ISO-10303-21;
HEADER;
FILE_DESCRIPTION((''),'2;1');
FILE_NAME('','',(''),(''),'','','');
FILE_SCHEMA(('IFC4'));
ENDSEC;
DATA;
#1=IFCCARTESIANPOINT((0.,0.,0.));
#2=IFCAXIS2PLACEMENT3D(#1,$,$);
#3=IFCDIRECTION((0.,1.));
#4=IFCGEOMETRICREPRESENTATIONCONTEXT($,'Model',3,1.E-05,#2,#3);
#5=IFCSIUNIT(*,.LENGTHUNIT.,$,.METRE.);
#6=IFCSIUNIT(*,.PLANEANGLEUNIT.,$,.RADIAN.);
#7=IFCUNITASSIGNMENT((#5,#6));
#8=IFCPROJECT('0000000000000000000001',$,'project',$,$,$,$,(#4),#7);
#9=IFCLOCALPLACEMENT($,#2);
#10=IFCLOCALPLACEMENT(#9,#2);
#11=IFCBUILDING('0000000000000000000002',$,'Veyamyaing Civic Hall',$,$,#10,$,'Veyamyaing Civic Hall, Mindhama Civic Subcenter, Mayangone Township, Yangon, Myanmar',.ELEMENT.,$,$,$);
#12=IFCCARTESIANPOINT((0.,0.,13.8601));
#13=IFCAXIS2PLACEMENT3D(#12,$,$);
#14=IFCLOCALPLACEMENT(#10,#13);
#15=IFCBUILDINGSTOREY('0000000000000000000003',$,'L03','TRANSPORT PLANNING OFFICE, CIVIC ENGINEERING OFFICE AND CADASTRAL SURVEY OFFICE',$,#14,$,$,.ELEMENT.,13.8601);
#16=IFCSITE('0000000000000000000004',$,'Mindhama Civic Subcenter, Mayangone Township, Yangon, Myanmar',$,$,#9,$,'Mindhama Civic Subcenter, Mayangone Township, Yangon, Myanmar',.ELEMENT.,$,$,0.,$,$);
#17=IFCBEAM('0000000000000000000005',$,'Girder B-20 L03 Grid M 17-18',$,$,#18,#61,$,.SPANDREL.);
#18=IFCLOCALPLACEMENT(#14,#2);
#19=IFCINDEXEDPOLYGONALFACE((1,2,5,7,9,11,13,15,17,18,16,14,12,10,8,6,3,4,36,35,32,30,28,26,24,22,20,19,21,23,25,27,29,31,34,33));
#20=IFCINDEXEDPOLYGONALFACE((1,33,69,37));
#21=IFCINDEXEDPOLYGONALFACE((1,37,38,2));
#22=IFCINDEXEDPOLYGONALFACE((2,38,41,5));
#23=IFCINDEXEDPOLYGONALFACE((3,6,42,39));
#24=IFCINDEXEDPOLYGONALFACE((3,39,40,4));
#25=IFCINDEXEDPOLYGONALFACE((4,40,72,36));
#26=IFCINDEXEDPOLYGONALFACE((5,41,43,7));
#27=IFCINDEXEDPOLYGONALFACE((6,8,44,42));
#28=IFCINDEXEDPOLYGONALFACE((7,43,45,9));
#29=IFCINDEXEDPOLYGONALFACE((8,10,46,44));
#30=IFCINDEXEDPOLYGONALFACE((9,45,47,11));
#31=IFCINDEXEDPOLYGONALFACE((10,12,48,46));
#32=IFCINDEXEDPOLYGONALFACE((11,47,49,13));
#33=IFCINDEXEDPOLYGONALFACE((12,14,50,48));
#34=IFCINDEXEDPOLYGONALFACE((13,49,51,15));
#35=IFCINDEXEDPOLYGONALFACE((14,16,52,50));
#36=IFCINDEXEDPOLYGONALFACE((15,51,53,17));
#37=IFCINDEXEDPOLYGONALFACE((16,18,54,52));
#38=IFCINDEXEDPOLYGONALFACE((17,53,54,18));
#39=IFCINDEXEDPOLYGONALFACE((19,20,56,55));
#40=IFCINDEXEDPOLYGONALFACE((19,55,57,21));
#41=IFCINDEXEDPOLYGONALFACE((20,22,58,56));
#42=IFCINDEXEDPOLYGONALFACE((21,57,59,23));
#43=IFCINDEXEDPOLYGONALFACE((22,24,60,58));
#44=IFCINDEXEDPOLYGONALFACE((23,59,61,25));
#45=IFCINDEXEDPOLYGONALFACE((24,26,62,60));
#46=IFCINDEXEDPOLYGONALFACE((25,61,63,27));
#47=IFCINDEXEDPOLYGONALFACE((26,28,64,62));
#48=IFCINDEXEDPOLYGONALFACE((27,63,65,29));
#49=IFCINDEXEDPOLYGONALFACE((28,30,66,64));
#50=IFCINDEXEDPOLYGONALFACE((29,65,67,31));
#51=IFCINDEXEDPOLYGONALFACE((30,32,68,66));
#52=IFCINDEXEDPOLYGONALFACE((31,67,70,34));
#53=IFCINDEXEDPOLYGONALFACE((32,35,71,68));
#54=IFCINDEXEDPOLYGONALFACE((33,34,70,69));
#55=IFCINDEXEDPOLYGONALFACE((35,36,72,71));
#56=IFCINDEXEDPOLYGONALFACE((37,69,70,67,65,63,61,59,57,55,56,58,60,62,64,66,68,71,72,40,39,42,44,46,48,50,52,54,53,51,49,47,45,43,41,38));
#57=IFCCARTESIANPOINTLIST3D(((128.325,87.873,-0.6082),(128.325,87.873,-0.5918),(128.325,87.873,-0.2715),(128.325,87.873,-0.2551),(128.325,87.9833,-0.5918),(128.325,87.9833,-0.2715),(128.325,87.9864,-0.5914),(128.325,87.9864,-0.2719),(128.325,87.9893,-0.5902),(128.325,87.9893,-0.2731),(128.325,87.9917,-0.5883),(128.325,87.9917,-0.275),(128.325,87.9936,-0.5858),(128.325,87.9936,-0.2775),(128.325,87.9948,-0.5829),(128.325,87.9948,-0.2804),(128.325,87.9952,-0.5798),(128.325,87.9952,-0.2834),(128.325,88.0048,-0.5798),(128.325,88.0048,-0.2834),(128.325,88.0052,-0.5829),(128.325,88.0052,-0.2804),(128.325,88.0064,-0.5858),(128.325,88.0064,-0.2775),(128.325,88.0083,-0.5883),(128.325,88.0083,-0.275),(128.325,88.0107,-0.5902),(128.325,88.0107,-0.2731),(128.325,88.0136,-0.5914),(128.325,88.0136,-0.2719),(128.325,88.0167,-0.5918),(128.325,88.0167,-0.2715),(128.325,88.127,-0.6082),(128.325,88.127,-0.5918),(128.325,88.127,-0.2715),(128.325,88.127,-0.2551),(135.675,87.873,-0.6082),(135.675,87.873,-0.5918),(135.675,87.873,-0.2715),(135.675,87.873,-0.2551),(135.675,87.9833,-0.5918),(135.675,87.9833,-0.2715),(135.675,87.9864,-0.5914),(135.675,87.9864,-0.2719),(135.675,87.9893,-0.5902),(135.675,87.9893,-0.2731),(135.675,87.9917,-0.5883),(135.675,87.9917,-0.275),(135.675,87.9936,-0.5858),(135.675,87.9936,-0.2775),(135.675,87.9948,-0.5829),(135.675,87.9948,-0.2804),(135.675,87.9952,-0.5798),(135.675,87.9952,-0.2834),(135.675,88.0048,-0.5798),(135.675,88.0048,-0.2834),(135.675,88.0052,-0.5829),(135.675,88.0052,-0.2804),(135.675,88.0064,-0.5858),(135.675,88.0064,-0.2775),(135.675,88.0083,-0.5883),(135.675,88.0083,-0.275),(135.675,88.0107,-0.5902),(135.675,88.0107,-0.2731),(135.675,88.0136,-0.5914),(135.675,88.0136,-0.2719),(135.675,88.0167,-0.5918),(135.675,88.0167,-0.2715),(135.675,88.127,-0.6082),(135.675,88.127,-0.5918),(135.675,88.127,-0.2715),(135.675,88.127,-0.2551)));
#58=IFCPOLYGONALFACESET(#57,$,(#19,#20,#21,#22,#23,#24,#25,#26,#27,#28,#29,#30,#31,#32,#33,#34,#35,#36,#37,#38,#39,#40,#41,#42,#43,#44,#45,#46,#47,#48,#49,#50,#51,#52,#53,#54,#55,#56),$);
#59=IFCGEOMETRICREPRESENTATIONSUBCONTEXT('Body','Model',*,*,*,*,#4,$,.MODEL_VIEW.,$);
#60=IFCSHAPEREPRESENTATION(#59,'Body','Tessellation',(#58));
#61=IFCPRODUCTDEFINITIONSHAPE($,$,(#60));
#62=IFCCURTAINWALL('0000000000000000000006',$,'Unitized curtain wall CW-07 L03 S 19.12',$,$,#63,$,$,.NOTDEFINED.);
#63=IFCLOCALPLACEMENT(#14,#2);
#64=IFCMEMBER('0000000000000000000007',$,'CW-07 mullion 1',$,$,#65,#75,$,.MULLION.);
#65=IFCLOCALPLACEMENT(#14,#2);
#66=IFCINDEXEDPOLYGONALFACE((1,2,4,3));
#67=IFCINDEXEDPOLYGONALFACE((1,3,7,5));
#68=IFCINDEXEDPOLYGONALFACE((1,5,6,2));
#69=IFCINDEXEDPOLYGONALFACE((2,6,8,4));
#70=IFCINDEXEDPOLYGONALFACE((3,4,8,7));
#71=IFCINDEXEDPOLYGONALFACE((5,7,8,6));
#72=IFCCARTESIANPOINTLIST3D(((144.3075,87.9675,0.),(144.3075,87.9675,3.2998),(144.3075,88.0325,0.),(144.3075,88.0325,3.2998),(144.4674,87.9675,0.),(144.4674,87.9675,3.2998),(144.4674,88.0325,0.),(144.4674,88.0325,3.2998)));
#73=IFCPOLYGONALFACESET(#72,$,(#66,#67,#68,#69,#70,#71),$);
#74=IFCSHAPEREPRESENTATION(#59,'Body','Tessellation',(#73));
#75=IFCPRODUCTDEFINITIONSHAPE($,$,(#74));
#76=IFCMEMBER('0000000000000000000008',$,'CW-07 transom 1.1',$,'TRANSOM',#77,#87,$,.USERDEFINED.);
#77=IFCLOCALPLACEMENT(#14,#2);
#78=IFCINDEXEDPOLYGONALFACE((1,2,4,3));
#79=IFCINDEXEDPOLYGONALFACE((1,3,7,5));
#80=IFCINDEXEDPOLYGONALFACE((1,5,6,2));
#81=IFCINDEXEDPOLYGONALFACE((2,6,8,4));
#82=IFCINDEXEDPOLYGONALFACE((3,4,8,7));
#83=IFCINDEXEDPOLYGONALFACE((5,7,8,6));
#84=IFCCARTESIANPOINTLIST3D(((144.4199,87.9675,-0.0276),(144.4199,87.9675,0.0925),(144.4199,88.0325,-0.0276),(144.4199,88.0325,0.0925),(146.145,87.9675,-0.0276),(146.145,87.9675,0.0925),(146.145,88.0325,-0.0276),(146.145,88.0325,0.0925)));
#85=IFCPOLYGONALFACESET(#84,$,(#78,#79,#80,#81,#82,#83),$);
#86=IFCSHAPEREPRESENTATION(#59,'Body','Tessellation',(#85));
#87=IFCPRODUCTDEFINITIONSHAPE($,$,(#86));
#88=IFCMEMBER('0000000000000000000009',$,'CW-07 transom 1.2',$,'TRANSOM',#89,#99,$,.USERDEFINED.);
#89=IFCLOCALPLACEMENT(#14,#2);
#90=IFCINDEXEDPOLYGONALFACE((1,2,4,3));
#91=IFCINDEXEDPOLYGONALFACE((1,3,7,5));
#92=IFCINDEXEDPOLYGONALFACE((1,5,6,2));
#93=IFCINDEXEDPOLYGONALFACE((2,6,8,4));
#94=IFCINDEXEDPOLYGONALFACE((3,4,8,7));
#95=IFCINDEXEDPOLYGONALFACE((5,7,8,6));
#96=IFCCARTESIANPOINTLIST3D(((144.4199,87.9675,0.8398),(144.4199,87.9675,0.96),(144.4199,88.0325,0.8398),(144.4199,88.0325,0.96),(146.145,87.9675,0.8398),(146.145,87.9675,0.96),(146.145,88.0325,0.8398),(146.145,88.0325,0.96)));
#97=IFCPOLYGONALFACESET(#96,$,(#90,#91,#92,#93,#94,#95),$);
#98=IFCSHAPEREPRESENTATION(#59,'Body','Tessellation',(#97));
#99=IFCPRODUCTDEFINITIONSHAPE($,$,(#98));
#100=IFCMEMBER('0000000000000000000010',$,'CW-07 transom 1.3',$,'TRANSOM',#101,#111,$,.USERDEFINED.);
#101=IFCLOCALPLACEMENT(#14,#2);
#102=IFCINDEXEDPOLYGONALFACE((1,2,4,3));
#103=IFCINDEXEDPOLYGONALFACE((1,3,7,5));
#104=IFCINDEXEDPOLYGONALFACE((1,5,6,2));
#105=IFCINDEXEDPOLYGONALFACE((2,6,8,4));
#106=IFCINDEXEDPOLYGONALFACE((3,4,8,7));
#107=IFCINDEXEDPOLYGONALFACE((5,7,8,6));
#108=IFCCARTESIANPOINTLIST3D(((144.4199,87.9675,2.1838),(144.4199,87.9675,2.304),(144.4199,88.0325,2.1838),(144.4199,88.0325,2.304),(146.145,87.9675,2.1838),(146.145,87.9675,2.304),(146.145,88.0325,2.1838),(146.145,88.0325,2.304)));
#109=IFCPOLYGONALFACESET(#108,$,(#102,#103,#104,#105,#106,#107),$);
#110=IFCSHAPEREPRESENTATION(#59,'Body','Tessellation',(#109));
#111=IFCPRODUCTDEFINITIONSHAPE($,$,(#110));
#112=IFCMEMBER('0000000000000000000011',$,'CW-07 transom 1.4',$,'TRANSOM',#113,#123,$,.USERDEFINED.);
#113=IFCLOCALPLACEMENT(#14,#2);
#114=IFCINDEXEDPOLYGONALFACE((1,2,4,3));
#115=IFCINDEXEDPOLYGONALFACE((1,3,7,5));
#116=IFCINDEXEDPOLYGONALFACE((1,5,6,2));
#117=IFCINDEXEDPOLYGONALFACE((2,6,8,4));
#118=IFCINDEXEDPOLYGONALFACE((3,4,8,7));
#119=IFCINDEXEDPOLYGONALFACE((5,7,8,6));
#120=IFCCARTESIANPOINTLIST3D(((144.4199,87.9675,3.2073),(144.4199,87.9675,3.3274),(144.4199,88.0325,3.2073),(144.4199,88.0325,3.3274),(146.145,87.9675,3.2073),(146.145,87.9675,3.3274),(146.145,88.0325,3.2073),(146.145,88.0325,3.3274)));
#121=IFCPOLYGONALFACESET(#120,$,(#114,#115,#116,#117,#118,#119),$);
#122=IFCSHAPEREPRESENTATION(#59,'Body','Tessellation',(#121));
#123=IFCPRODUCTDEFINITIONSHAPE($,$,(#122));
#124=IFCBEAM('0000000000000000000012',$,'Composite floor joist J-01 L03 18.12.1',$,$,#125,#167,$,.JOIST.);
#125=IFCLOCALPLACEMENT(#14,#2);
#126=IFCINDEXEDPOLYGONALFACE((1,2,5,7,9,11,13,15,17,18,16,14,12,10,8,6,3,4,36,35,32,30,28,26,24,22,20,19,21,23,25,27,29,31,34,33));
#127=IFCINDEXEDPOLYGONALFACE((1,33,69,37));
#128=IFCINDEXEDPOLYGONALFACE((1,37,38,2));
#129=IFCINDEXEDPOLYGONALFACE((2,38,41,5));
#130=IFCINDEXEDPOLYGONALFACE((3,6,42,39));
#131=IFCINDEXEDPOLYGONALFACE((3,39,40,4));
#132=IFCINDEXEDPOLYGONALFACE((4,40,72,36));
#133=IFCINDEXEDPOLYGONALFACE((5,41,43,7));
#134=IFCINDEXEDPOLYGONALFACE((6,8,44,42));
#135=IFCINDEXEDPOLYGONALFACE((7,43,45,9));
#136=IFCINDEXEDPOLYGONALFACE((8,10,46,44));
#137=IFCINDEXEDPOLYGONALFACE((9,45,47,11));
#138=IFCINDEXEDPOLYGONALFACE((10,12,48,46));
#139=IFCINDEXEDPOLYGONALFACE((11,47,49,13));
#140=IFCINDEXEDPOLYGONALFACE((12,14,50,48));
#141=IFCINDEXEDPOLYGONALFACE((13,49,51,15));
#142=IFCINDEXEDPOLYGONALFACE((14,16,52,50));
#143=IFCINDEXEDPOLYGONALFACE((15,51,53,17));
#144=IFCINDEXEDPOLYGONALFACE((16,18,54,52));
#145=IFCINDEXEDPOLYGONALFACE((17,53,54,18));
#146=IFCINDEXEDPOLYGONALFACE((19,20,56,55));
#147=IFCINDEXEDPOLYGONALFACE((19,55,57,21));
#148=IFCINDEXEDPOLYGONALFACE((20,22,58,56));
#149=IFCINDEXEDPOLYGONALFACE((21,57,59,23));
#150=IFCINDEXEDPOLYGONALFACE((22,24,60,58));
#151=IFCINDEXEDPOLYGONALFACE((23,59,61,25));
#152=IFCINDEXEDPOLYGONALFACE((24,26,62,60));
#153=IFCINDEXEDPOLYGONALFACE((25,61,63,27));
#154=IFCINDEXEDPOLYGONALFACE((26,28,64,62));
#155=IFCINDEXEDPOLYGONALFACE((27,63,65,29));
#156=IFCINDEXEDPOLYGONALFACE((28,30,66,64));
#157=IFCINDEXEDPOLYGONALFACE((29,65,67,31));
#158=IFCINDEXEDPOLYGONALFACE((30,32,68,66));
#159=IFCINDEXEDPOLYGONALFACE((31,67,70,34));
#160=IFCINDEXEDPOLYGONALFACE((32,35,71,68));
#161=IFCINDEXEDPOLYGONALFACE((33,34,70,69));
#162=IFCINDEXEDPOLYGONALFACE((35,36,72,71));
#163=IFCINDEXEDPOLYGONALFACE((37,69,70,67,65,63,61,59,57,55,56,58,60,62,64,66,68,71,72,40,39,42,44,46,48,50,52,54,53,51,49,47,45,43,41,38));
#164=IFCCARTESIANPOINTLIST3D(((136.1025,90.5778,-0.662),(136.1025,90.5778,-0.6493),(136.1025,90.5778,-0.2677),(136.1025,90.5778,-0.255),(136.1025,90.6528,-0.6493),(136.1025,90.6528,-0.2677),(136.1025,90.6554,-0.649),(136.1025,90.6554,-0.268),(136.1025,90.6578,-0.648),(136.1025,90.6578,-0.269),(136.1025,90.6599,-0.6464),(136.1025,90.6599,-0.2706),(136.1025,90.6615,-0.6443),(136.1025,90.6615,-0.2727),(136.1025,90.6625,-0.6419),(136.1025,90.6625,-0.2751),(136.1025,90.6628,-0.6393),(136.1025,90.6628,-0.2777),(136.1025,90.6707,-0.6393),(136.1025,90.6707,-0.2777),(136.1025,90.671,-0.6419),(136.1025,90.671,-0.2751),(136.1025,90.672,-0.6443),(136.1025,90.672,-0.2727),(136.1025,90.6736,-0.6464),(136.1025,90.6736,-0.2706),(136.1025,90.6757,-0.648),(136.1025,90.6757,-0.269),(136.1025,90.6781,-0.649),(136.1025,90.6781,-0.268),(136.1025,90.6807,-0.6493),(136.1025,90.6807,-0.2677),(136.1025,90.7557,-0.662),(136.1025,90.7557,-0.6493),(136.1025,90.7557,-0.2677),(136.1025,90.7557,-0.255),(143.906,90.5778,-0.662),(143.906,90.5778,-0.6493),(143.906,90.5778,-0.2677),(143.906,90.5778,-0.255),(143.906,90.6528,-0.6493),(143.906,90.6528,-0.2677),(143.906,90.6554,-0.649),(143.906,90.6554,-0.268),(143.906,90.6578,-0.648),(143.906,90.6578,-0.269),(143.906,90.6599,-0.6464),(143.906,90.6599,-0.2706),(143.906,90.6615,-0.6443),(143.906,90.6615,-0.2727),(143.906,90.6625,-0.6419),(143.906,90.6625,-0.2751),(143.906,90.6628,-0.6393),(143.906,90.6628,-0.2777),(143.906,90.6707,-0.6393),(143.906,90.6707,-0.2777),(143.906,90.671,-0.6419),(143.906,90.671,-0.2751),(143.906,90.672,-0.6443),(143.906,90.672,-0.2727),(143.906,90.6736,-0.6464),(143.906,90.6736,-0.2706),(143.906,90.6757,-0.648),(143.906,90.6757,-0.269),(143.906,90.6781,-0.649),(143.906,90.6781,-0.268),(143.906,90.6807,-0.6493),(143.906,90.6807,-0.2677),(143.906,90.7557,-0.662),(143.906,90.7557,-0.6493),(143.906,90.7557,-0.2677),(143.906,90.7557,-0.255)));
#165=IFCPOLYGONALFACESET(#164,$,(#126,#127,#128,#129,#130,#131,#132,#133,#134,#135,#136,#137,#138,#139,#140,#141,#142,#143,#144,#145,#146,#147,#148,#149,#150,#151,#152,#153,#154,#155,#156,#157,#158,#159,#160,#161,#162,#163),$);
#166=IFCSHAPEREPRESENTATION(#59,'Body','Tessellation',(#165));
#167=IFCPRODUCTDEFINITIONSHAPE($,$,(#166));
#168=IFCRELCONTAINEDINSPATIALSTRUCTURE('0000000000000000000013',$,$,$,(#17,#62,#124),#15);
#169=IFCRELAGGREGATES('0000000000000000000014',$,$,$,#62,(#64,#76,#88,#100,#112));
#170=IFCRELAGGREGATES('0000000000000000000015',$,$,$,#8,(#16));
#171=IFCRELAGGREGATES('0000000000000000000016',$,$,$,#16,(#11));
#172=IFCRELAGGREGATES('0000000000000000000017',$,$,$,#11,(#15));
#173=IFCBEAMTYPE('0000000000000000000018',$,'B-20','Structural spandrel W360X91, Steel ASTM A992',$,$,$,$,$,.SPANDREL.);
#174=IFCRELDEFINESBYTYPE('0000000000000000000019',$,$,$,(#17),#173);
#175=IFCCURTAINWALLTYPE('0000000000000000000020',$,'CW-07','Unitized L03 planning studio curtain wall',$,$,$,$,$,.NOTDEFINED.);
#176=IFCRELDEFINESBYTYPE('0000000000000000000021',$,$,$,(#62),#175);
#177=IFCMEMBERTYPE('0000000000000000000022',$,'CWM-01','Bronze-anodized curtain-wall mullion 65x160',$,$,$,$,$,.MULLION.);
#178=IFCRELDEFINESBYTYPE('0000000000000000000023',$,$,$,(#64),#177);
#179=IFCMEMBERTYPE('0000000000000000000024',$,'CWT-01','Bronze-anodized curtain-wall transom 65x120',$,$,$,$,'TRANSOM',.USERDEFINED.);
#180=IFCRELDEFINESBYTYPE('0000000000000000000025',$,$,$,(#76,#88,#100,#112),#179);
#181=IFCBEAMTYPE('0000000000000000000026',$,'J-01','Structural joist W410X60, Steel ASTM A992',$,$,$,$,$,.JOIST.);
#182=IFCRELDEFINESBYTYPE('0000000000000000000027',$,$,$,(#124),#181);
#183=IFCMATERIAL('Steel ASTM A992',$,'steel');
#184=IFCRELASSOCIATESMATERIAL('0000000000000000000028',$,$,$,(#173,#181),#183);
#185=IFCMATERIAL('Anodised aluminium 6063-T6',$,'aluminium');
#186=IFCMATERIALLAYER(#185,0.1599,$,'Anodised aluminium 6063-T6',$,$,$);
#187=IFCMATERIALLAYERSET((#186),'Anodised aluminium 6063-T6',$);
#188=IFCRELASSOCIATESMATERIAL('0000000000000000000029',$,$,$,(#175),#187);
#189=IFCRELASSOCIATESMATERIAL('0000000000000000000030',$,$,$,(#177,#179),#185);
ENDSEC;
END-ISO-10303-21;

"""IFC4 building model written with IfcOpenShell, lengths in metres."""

from ifc_helpers import new_model, si_unit, direction, frame, origin, origin_2d, place, context, subcontext, project, spatial, rectangle, i_section, extrude, material, layer, layer_set, material_profile, profile_set, type_object, element, aggregate, save


model = new_model("IFC4")

# Units and contexts
model_context = context("Model", 3, precision=1e-05, world=origin(), true_north=direction((0.0, 1.0)))
body_context = subcontext(model_context, "Body", "Model", "MODEL_VIEW")
ifc_project = project(units=[si_unit("LENGTHUNIT", "METRE"), si_unit("PLANEANGLEUNIT", "RADIAN")], contexts=[model_context])

# Site, building, storey
site_placement = place(None, origin())
site = spatial("IfcSite", under=ifc_project, at=site_placement, Name="Mindhama Civic Subcenter, Mayangone Township, Yangon, Myanmar", LongName="Mindhama Civic Subcenter, Mayangone Township, Yangon, Myanmar", CompositionType="ELEMENT", RefElevation=0.0)
building_placement = place(site_placement, origin())
building = spatial("IfcBuilding", under=site, at=building_placement, Name="Veyamyaing Civic Hall", LongName="Veyamyaing Civic Hall, Mindhama Civic Subcenter, Mayangone Township, Yangon, Myanmar", CompositionType="ELEMENT")
storey_placement = place(building_placement, frame((0.0, 0.0, 13.8601)))
storey = spatial("IfcBuildingStorey", under=building, at=storey_placement, Name="L03", Description="TRANSPORT PLANNING OFFICE, CIVIC ENGINEERING OFFICE AND CADASTRAL SURVEY OFFICE", CompositionType="ELEMENT", Elevation=13.8601)

# Beam
ifc_material_1 = material(Name="Steel ASTM A992", Category="steel")
ifc_material_profile_1 = material_profile(ifc_material_1, i_section(OverallWidth=0.2539, OverallDepth=0.353, WebThickness=0.0095, FlangeThickness=0.0164, FilletRadius=0.012, at=origin_2d()), Name="W360X91")
ifc_profile_set_1 = profile_set([ifc_material_profile_1], Name="Steel ASTM A992")
beam_type_1 = type_object("IfcBeamType", Name="B-20", Description="Structural spandrel W360X91, Steel ASTM A992", PredefinedType="SPANDREL", material=ifc_profile_set_1)
beam_1_placement = place(storey_placement, frame((128.325, 88.0, -0.4316), z_axis=(1.0, 0.0, 0.0), x_axis=(0.0, 1.0, 0.0)))
element("IfcBeam", 1, at=beam_1_placement, inside=storey, type_object=beam_type_1, Name="Girder B-20 L03 Grid M 17-18", PredefinedType="SPANDREL", context=body_context, shape_type="SweptSolid", body=[
    extrude(i_section(OverallWidth=0.2539, OverallDepth=0.353, WebThickness=0.0095, FlangeThickness=0.0164, FilletRadius=0.012, at=origin_2d()), origin(), (0.0, 0.0, 1.0), 7.3501),
])

# Curtain wall, members
ifc_material_2 = material(Name="Anodised aluminium 6063-T6", Category="aluminium")
ifc_layer_1 = layer(ifc_material_2, 0.1599, Name="Anodised aluminium 6063-T6")
ifc_layer_set_1 = layer_set([ifc_layer_1], Name="Anodised aluminium 6063-T6")
curtain_wall_type = type_object("IfcCurtainWallType", Name="CW-07", Description="Unitized L03 planning studio curtain wall", PredefinedType="NOTDEFINED", material=ifc_layer_set_1)
curtain_wall_placement = place(storey_placement, origin())
curtain_wall = element("IfcCurtainWall", 2, at=curtain_wall_placement, inside=storey, type_object=curtain_wall_type, Name="Unitized curtain wall CW-07 L03 S 19.12", PredefinedType="NOTDEFINED")
ifc_material_profile_2 = material_profile(ifc_material_2, rectangle(XDim=0.0649, YDim=0.1599, at=origin_2d()), Name="ALU-MUL-65X160")
ifc_profile_set_2 = profile_set([ifc_material_profile_2], Name="Anodised aluminium 6063-T6")
member_type_1 = type_object("IfcMemberType", Name="CWM-01", Description="Bronze-anodized curtain-wall mullion 65x160", PredefinedType="MULLION", material=ifc_profile_set_2)
member_1_placement = place(storey_placement, frame((144.3875, 88.0, 0.0), z_axis=(0.0, 0.0, 1.0), x_axis=(0.0, 1.0, 0.0)))
member_1 = element("IfcMember", 3, at=member_1_placement, type_object=member_type_1, Name="CW-07 mullion 1", PredefinedType="MULLION", context=body_context, shape_type="SweptSolid", body=[
    extrude(rectangle(XDim=0.0649, YDim=0.1599, at=origin_2d()), origin(), (0.0, 0.0, 1.0), 3.2998),
])
ifc_material_profile_3 = material_profile(ifc_material_2, rectangle(XDim=0.0649, YDim=0.1201, at=origin_2d()), Name="ALU-TRN-65X120")
ifc_profile_set_3 = profile_set([ifc_material_profile_3], Name="Anodised aluminium 6063-T6")
member_type_2 = type_object("IfcMemberType", Name="CWT-01", Description="Bronze-anodized curtain-wall transom 65x120", ElementType="TRANSOM", PredefinedType="USERDEFINED", material=ifc_profile_set_3)
member_2_placement = place(storey_placement, frame((144.4199, 88.0, 0.0325), z_axis=(1.0, 0.0, 0.0), x_axis=(0.0, 1.0, 0.0)))
member_2 = element("IfcMember", 4, at=member_2_placement, type_object=member_type_2, Name="CW-07 transom 1.1", ObjectType="TRANSOM", PredefinedType="USERDEFINED", context=body_context, shape_type="SweptSolid", body=[
    extrude(rectangle(XDim=0.0649, YDim=0.1201, at=origin_2d()), origin(), (0.0, 0.0, 1.0), 1.7251),
])
member_3_placement = place(storey_placement, frame((144.4199, 88.0, 0.8999), z_axis=(1.0, 0.0, 0.0), x_axis=(0.0, 1.0, 0.0)))
member_3 = element("IfcMember", 5, at=member_3_placement, type_object=member_type_2, Name="CW-07 transom 1.2", ObjectType="TRANSOM", PredefinedType="USERDEFINED", context=body_context, shape_type="SweptSolid", body=[
    extrude(rectangle(XDim=0.0649, YDim=0.1201, at=origin_2d()), origin(), (0.0, 0.0, 1.0), 1.7251),
])
member_4_placement = place(storey_placement, frame((144.4199, 88.0, 2.2439), z_axis=(1.0, 0.0, 0.0), x_axis=(0.0, 1.0, 0.0)))
member_4 = element("IfcMember", 6, at=member_4_placement, type_object=member_type_2, Name="CW-07 transom 1.3", ObjectType="TRANSOM", PredefinedType="USERDEFINED", context=body_context, shape_type="SweptSolid", body=[
    extrude(rectangle(XDim=0.0649, YDim=0.1201, at=origin_2d()), origin(), (0.0, 0.0, 1.0), 1.7251),
])
member_5_placement = place(storey_placement, frame((144.4199, 88.0, 3.2673), z_axis=(1.0, 0.0, 0.0), x_axis=(0.0, 1.0, 0.0)))
member_5 = element("IfcMember", 7, at=member_5_placement, type_object=member_type_2, Name="CW-07 transom 1.4", ObjectType="TRANSOM", PredefinedType="USERDEFINED", context=body_context, shape_type="SweptSolid", body=[
    extrude(rectangle(XDim=0.0649, YDim=0.1201, at=origin_2d()), origin(), (0.0, 0.0, 1.0), 1.7251),
])
aggregate(curtain_wall, [member_1, member_2, member_3, member_4, member_5])

# Beam
ifc_material_profile_4 = material_profile(ifc_material_1, i_section(OverallWidth=0.178, OverallDepth=0.407, WebThickness=0.0078, FlangeThickness=0.0127, FilletRadius=0.01, at=origin_2d()), Name="W410X60")
ifc_profile_set_4 = profile_set([ifc_material_profile_4], Name="Steel ASTM A992")
beam_type_2 = type_object("IfcBeamType", Name="J-01", Description="Structural joist W410X60, Steel ASTM A992", PredefinedType="JOIST", material=ifc_profile_set_4)
for number, where, z_axis, x_axis, name in (
    (8, (136.1025, 90.6667, -0.4585), (1.0, 0.0, 0.0), (0.0, 1.0, 0.0), "Composite floor joist J-01 L03 18.12.1"),
):
    element("IfcBeam", number, at=place(storey_placement, frame(where, z_axis=z_axis, x_axis=x_axis)), inside=storey, type_object=beam_type_2, Name=name, PredefinedType="JOIST", context=body_context, shape_type="SweptSolid", body=[
        extrude(i_section(OverallWidth=0.178, OverallDepth=0.407, WebThickness=0.0078, FlangeThickness=0.0127, FilletRadius=0.01, at=origin_2d()), origin(), (0.0, 0.0, 1.0), 7.8035),
    ])

save(model, "model.ifc")
